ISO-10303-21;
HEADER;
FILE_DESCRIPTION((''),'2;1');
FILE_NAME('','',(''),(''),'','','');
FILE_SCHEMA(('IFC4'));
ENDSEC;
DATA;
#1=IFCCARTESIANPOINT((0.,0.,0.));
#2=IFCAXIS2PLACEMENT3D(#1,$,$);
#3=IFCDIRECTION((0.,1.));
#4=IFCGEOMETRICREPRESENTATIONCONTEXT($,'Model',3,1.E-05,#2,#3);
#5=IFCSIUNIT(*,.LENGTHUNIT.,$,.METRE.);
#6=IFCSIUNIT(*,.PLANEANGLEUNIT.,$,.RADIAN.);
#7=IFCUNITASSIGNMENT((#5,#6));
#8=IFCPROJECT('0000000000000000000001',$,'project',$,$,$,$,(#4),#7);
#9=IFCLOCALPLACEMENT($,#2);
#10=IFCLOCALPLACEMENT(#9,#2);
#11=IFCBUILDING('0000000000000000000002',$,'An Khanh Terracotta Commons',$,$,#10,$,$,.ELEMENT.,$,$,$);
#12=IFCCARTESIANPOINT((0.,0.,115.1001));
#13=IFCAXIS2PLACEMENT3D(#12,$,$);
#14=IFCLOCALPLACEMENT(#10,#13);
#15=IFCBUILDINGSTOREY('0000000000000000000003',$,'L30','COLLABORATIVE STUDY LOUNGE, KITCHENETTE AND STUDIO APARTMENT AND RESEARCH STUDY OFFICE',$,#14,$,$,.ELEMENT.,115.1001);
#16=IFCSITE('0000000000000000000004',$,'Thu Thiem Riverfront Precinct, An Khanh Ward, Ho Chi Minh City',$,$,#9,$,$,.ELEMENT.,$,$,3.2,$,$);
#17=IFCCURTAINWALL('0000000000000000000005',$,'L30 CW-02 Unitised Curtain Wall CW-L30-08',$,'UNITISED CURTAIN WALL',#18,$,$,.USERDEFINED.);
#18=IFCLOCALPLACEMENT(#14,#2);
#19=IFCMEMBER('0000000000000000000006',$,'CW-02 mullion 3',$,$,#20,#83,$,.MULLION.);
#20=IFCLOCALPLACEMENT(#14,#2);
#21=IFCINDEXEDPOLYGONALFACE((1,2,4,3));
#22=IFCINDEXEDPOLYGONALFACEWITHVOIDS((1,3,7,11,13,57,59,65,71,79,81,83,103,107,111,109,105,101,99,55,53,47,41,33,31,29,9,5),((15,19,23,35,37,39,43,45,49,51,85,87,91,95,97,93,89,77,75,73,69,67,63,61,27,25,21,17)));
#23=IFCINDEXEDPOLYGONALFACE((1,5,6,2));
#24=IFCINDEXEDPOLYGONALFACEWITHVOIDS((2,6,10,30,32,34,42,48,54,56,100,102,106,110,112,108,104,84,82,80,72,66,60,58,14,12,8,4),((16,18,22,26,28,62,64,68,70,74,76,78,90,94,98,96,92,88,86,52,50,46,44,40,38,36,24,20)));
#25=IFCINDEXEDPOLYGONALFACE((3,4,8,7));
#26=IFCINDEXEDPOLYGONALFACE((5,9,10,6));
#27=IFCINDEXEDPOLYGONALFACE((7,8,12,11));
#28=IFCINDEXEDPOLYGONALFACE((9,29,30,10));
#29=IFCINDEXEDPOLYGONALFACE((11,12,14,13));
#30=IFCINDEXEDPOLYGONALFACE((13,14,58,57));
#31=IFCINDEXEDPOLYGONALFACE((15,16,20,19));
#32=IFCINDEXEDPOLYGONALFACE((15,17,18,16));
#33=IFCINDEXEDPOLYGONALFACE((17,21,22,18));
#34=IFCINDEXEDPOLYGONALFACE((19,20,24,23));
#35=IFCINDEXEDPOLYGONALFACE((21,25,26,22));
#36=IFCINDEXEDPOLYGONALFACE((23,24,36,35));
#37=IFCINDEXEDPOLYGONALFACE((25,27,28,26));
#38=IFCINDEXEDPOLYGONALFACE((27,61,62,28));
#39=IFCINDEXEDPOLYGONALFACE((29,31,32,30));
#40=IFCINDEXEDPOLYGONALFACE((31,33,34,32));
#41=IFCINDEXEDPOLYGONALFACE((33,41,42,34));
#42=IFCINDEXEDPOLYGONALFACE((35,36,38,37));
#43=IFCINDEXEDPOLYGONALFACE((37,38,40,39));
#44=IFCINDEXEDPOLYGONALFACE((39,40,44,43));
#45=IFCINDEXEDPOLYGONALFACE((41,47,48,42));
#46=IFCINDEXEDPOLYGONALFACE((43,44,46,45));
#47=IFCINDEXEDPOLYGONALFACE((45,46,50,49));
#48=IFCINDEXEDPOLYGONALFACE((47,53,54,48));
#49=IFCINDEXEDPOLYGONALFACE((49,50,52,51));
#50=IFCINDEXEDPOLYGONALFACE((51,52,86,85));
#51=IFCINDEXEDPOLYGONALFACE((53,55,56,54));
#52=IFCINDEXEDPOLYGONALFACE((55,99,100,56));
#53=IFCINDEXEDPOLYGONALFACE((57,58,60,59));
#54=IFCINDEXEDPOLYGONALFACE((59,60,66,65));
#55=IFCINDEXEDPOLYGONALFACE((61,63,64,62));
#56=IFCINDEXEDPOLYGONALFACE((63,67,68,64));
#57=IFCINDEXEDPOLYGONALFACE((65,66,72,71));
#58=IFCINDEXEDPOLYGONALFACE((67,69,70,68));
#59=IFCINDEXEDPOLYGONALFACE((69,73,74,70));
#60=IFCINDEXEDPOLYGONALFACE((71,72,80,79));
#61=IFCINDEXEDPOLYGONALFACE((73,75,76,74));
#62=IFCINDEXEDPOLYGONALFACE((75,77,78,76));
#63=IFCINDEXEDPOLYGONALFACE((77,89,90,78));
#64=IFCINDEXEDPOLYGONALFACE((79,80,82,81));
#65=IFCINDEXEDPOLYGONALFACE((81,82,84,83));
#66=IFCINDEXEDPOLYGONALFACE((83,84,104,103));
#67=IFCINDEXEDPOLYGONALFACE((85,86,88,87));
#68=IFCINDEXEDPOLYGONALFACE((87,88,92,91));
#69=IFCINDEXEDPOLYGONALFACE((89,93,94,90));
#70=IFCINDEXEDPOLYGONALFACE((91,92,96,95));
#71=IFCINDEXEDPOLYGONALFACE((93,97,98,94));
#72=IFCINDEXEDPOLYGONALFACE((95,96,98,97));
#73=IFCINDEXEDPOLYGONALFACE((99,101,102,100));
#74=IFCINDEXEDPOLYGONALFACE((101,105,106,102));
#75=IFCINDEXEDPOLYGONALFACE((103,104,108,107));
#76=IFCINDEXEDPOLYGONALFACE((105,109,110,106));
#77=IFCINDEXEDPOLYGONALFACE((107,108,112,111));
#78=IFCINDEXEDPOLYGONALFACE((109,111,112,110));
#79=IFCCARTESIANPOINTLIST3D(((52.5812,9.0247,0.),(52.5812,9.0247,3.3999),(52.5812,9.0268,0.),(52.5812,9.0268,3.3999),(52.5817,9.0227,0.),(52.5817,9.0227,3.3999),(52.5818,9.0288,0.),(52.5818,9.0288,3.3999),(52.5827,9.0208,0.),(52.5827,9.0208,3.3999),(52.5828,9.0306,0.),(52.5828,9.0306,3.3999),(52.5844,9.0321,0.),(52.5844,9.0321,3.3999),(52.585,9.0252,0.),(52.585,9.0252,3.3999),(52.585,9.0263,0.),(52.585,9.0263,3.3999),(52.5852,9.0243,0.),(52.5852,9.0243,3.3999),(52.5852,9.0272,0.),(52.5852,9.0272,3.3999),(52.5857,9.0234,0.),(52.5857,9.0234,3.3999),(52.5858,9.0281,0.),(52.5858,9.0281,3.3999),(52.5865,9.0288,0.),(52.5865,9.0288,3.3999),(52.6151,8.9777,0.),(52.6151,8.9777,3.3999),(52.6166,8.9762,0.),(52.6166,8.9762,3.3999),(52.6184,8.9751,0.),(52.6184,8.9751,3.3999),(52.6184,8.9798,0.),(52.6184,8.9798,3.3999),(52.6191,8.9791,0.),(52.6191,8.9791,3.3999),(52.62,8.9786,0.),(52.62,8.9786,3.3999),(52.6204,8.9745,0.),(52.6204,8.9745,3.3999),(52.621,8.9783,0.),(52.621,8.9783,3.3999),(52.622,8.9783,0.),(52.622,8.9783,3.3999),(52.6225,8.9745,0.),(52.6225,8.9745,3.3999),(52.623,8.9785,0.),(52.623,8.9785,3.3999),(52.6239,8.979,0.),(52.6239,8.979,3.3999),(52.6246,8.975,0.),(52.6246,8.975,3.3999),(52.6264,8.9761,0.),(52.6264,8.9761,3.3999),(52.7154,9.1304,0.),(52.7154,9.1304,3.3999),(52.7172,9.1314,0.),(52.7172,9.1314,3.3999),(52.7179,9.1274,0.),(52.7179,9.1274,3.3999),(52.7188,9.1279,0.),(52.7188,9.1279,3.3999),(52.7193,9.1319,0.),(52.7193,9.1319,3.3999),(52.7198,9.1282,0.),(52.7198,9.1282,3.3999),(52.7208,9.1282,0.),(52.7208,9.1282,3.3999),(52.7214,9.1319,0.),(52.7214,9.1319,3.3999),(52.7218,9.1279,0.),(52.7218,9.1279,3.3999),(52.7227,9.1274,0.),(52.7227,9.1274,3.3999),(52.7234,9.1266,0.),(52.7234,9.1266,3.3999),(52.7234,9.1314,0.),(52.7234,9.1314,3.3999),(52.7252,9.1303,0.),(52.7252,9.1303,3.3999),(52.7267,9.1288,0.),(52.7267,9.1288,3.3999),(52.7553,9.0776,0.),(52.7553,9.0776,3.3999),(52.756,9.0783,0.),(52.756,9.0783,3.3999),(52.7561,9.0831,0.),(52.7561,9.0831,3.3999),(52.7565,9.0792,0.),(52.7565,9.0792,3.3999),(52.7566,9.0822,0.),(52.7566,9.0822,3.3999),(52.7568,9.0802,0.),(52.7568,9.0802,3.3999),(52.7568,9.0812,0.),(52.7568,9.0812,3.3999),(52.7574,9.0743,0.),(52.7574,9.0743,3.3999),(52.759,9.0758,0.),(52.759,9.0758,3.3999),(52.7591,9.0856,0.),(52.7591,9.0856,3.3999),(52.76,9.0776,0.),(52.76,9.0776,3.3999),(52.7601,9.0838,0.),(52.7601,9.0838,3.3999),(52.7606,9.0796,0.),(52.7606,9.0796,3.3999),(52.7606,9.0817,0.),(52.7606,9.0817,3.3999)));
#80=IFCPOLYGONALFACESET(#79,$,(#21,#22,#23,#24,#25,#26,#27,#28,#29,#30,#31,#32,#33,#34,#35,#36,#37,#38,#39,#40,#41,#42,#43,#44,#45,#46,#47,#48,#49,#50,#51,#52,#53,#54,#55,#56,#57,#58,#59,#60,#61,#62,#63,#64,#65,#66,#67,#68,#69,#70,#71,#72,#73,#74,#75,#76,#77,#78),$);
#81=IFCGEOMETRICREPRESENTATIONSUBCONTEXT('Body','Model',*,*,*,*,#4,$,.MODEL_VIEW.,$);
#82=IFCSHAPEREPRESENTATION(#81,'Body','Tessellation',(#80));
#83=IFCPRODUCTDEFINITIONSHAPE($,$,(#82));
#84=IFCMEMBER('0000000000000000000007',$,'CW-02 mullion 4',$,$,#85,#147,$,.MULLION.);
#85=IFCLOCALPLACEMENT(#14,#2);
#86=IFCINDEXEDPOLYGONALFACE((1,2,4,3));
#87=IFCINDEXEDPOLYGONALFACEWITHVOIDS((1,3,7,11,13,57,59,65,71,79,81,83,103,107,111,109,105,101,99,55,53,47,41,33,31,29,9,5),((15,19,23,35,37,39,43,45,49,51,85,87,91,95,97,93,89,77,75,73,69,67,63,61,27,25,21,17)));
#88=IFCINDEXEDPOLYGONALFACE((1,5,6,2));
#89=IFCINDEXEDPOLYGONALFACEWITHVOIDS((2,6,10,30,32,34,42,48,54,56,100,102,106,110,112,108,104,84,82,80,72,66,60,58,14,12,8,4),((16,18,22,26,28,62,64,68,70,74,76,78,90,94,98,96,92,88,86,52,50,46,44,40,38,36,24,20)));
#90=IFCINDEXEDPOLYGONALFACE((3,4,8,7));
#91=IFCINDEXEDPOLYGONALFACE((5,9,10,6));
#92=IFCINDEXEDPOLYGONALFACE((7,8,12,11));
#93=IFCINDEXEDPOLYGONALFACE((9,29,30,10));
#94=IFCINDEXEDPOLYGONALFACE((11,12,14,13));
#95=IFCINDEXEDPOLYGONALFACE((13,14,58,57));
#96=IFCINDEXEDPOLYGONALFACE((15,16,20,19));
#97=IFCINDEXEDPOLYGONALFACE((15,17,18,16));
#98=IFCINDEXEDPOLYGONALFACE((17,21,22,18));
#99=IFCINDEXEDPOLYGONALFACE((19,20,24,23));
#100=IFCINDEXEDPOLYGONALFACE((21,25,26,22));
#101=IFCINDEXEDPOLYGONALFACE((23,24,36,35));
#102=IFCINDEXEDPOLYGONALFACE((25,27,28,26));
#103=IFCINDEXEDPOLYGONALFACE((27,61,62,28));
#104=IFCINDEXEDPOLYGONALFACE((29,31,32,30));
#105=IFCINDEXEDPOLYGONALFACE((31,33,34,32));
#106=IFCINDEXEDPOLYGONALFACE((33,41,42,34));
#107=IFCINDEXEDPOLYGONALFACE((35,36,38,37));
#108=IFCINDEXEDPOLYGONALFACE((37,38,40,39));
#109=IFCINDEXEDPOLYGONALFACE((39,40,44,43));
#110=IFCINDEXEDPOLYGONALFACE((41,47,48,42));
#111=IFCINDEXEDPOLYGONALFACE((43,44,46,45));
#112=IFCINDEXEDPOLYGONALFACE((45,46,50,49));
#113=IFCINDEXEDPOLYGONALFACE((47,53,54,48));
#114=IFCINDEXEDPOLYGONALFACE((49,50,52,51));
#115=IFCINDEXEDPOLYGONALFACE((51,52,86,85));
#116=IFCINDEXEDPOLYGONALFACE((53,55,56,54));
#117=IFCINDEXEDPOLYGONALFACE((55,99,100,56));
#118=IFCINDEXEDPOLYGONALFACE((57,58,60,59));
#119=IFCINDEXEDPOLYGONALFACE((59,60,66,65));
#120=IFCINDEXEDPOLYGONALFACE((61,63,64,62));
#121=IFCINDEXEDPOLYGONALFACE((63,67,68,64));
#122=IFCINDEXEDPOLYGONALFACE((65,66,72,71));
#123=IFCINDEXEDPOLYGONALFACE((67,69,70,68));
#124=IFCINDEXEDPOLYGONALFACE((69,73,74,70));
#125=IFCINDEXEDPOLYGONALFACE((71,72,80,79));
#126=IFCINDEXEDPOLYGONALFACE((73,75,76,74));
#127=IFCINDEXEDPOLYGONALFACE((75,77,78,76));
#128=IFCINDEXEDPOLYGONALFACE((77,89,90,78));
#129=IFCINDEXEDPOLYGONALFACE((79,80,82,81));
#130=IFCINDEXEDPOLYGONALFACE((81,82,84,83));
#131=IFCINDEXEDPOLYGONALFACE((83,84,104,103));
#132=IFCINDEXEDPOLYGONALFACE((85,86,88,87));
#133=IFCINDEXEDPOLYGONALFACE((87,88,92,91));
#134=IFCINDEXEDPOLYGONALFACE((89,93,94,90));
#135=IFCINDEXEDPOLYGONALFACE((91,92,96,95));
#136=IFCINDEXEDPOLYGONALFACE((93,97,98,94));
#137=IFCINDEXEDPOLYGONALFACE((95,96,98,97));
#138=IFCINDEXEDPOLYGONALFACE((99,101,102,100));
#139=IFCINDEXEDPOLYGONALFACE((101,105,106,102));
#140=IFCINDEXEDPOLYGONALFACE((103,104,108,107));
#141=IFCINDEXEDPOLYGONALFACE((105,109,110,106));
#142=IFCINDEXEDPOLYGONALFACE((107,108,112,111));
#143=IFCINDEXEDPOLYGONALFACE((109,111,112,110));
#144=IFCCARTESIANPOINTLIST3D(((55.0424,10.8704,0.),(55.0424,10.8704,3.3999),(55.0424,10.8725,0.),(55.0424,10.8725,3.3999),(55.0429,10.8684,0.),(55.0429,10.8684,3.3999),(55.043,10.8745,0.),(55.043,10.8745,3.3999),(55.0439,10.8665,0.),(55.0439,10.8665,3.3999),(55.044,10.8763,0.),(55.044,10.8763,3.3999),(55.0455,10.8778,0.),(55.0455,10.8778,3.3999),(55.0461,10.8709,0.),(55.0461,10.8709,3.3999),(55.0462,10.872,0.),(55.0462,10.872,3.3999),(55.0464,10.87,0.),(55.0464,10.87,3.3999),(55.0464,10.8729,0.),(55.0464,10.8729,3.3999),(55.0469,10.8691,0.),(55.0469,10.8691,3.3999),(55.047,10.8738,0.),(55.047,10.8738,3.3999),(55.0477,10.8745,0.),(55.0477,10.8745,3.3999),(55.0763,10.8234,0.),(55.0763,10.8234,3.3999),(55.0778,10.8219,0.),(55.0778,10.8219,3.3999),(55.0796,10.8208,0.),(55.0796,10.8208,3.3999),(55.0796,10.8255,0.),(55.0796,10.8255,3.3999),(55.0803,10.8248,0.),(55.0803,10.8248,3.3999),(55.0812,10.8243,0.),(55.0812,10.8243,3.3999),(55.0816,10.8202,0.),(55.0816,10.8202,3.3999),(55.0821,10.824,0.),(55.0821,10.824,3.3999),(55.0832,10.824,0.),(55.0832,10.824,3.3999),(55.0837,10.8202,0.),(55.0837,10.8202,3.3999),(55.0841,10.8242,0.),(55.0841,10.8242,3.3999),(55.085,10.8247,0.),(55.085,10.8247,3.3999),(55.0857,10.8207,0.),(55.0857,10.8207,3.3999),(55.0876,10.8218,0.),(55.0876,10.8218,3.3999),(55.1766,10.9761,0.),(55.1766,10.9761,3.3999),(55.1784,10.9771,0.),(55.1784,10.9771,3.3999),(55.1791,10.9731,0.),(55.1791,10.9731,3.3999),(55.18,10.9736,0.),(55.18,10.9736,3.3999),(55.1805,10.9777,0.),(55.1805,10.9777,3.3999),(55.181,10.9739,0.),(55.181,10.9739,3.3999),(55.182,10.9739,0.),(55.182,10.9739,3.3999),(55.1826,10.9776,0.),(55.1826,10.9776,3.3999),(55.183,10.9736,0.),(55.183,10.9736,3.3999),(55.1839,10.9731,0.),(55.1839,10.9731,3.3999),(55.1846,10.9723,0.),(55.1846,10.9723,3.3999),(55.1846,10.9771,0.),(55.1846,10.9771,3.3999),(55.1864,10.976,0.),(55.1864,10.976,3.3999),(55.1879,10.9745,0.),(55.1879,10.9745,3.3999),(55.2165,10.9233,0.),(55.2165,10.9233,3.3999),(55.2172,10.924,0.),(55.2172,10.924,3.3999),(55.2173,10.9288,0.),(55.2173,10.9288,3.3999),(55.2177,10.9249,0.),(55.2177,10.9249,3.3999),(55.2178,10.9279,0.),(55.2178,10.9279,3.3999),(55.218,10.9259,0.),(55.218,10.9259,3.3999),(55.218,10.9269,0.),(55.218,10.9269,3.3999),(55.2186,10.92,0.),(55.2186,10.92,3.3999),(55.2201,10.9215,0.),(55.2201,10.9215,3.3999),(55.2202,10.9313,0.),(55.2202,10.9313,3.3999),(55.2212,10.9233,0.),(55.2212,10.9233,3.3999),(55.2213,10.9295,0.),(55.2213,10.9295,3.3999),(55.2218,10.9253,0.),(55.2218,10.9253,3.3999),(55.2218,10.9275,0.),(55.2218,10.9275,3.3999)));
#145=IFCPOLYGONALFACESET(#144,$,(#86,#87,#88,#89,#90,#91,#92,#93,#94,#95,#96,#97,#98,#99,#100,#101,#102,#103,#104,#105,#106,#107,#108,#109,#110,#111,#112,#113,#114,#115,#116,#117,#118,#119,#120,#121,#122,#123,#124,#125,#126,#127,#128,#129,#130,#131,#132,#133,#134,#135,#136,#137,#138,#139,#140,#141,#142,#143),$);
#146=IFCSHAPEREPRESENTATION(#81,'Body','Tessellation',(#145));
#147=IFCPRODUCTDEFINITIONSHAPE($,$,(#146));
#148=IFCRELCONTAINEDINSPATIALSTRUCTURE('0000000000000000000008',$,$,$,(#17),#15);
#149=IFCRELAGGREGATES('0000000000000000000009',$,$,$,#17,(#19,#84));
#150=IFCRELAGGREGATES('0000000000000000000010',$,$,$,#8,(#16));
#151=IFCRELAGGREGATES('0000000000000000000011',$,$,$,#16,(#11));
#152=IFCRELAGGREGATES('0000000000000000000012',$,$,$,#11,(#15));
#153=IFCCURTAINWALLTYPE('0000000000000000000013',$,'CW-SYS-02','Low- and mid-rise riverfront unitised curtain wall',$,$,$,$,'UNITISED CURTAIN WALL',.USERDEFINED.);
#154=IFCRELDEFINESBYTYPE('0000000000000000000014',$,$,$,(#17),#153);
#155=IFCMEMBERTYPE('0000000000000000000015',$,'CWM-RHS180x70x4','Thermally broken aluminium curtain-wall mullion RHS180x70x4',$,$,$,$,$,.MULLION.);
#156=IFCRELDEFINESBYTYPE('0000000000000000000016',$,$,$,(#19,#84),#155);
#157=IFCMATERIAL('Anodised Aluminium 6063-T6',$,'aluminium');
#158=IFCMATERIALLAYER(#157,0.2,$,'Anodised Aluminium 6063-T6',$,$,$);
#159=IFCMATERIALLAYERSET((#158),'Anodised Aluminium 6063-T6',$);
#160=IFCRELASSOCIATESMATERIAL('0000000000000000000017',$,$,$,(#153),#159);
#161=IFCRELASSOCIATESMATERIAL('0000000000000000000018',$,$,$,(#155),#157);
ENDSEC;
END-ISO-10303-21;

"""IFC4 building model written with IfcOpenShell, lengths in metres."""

from ifc_helpers import new_model, si_unit, direction, frame, origin, origin_2d, place, context, subcontext, project, spatial, hollow_rectangle, extrude, material, layer, layer_set, material_profile, profile_set, type_object, element, aggregate, save


model = new_model("IFC4")

# Units and contexts
model_context = context("Model", 3, precision=1e-05, world=origin(), true_north=direction((0.0, 1.0)))
body_context = subcontext(model_context, "Body", "Model", "MODEL_VIEW")
ifc_project = project(units=[si_unit("LENGTHUNIT", "METRE"), si_unit("PLANEANGLEUNIT", "RADIAN")], contexts=[model_context])

# Site, building, storey
site_placement = place(None, origin())
site = spatial("IfcSite", under=ifc_project, at=site_placement, Name="Thu Thiem Riverfront Precinct, An Khanh Ward, Ho Chi Minh City", CompositionType="ELEMENT", RefElevation=3.2)
building_placement = place(site_placement, origin())
building = spatial("IfcBuilding", under=site, at=building_placement, Name="An Khanh Terracotta Commons", CompositionType="ELEMENT")
storey_placement = place(building_placement, frame((0.0, 0.0, 115.1001)))
storey = spatial("IfcBuildingStorey", under=building, at=storey_placement, Name="L30", Description="COLLABORATIVE STUDY LOUNGE, KITCHENETTE AND STUDIO APARTMENT AND RESEARCH STUDY OFFICE", CompositionType="ELEMENT", Elevation=115.1001)

# Shared definitions
ifc_material_1 = material(Name="Anodised Aluminium 6063-T6", Category="aluminium")

# Curtain wall, members
ifc_layer_1 = layer(ifc_material_1, 0.2, Name="Anodised Aluminium 6063-T6")
ifc_layer_set_1 = layer_set([ifc_layer_1], Name="Anodised Aluminium 6063-T6")
curtain_wall_type_1 = type_object("IfcCurtainWallType", Name="CW-SYS-02", Description="Low- and mid-rise riverfront unitised curtain wall", ElementType="UNITISED CURTAIN WALL", PredefinedType="USERDEFINED", material=ifc_layer_set_1)
curtain_wall_1_placement = place(storey_placement, origin())
curtain_wall_1 = element("IfcCurtainWall", 1, at=curtain_wall_1_placement, inside=storey, type_object=curtain_wall_type_1, Name="L30 CW-02 Unitised Curtain Wall CW-L30-08", ObjectType="UNITISED CURTAIN WALL", PredefinedType="USERDEFINED")
ifc_material_profile_1 = material_profile(ifc_material_1, hollow_rectangle(XDim=0.0701, YDim=0.1799, WallThickness=0.0039, InnerFilletRadius=0.0039, OuterFilletRadius=0.0081, at=origin_2d()), Name="RHS180x70x4")
ifc_profile_set_1 = profile_set([ifc_material_profile_1], Name="Anodised Aluminium 6063-T6")
member_type_1 = type_object("IfcMemberType", Name="CWM-RHS180x70x4", Description="Thermally broken aluminium curtain-wall mullion RHS180x70x4", PredefinedType="MULLION", material=ifc_profile_set_1)
member_1_placement = place(storey_placement, frame((52.6709, 9.0532, 0.0), z_axis=(0.0, 0.0, 1.0), x_axis=(-0.599983, 0.800013, 0.0)))
member_1 = element("IfcMember", 2, at=member_1_placement, type_object=member_type_1, Name="CW-02 mullion 3", PredefinedType="MULLION", context=body_context, shape_type="SweptSolid", body=[
    extrude(hollow_rectangle(XDim=0.0701, YDim=0.1799, WallThickness=0.0039, InnerFilletRadius=0.0039, OuterFilletRadius=0.0081, at=origin_2d()), origin(), (0.0, 0.0, 1.0), 3.3999),
])
member_2_placement = place(storey_placement, frame((55.1321, 10.8989, 0.0), z_axis=(0.0, 0.0, 1.0), x_axis=(-0.599983, 0.800013, 0.0)))
member_2 = element("IfcMember", 3, at=member_2_placement, type_object=member_type_1, Name="CW-02 mullion 4", PredefinedType="MULLION", context=body_context, shape_type="SweptSolid", body=[
    extrude(hollow_rectangle(XDim=0.0701, YDim=0.1799, WallThickness=0.0039, InnerFilletRadius=0.0039, OuterFilletRadius=0.0081, at=origin_2d()), origin(), (0.0, 0.0, 1.0), 3.3999),
])

aggregate(curtain_wall_1, [member_1, member_2])

save(model, "model.ifc")
